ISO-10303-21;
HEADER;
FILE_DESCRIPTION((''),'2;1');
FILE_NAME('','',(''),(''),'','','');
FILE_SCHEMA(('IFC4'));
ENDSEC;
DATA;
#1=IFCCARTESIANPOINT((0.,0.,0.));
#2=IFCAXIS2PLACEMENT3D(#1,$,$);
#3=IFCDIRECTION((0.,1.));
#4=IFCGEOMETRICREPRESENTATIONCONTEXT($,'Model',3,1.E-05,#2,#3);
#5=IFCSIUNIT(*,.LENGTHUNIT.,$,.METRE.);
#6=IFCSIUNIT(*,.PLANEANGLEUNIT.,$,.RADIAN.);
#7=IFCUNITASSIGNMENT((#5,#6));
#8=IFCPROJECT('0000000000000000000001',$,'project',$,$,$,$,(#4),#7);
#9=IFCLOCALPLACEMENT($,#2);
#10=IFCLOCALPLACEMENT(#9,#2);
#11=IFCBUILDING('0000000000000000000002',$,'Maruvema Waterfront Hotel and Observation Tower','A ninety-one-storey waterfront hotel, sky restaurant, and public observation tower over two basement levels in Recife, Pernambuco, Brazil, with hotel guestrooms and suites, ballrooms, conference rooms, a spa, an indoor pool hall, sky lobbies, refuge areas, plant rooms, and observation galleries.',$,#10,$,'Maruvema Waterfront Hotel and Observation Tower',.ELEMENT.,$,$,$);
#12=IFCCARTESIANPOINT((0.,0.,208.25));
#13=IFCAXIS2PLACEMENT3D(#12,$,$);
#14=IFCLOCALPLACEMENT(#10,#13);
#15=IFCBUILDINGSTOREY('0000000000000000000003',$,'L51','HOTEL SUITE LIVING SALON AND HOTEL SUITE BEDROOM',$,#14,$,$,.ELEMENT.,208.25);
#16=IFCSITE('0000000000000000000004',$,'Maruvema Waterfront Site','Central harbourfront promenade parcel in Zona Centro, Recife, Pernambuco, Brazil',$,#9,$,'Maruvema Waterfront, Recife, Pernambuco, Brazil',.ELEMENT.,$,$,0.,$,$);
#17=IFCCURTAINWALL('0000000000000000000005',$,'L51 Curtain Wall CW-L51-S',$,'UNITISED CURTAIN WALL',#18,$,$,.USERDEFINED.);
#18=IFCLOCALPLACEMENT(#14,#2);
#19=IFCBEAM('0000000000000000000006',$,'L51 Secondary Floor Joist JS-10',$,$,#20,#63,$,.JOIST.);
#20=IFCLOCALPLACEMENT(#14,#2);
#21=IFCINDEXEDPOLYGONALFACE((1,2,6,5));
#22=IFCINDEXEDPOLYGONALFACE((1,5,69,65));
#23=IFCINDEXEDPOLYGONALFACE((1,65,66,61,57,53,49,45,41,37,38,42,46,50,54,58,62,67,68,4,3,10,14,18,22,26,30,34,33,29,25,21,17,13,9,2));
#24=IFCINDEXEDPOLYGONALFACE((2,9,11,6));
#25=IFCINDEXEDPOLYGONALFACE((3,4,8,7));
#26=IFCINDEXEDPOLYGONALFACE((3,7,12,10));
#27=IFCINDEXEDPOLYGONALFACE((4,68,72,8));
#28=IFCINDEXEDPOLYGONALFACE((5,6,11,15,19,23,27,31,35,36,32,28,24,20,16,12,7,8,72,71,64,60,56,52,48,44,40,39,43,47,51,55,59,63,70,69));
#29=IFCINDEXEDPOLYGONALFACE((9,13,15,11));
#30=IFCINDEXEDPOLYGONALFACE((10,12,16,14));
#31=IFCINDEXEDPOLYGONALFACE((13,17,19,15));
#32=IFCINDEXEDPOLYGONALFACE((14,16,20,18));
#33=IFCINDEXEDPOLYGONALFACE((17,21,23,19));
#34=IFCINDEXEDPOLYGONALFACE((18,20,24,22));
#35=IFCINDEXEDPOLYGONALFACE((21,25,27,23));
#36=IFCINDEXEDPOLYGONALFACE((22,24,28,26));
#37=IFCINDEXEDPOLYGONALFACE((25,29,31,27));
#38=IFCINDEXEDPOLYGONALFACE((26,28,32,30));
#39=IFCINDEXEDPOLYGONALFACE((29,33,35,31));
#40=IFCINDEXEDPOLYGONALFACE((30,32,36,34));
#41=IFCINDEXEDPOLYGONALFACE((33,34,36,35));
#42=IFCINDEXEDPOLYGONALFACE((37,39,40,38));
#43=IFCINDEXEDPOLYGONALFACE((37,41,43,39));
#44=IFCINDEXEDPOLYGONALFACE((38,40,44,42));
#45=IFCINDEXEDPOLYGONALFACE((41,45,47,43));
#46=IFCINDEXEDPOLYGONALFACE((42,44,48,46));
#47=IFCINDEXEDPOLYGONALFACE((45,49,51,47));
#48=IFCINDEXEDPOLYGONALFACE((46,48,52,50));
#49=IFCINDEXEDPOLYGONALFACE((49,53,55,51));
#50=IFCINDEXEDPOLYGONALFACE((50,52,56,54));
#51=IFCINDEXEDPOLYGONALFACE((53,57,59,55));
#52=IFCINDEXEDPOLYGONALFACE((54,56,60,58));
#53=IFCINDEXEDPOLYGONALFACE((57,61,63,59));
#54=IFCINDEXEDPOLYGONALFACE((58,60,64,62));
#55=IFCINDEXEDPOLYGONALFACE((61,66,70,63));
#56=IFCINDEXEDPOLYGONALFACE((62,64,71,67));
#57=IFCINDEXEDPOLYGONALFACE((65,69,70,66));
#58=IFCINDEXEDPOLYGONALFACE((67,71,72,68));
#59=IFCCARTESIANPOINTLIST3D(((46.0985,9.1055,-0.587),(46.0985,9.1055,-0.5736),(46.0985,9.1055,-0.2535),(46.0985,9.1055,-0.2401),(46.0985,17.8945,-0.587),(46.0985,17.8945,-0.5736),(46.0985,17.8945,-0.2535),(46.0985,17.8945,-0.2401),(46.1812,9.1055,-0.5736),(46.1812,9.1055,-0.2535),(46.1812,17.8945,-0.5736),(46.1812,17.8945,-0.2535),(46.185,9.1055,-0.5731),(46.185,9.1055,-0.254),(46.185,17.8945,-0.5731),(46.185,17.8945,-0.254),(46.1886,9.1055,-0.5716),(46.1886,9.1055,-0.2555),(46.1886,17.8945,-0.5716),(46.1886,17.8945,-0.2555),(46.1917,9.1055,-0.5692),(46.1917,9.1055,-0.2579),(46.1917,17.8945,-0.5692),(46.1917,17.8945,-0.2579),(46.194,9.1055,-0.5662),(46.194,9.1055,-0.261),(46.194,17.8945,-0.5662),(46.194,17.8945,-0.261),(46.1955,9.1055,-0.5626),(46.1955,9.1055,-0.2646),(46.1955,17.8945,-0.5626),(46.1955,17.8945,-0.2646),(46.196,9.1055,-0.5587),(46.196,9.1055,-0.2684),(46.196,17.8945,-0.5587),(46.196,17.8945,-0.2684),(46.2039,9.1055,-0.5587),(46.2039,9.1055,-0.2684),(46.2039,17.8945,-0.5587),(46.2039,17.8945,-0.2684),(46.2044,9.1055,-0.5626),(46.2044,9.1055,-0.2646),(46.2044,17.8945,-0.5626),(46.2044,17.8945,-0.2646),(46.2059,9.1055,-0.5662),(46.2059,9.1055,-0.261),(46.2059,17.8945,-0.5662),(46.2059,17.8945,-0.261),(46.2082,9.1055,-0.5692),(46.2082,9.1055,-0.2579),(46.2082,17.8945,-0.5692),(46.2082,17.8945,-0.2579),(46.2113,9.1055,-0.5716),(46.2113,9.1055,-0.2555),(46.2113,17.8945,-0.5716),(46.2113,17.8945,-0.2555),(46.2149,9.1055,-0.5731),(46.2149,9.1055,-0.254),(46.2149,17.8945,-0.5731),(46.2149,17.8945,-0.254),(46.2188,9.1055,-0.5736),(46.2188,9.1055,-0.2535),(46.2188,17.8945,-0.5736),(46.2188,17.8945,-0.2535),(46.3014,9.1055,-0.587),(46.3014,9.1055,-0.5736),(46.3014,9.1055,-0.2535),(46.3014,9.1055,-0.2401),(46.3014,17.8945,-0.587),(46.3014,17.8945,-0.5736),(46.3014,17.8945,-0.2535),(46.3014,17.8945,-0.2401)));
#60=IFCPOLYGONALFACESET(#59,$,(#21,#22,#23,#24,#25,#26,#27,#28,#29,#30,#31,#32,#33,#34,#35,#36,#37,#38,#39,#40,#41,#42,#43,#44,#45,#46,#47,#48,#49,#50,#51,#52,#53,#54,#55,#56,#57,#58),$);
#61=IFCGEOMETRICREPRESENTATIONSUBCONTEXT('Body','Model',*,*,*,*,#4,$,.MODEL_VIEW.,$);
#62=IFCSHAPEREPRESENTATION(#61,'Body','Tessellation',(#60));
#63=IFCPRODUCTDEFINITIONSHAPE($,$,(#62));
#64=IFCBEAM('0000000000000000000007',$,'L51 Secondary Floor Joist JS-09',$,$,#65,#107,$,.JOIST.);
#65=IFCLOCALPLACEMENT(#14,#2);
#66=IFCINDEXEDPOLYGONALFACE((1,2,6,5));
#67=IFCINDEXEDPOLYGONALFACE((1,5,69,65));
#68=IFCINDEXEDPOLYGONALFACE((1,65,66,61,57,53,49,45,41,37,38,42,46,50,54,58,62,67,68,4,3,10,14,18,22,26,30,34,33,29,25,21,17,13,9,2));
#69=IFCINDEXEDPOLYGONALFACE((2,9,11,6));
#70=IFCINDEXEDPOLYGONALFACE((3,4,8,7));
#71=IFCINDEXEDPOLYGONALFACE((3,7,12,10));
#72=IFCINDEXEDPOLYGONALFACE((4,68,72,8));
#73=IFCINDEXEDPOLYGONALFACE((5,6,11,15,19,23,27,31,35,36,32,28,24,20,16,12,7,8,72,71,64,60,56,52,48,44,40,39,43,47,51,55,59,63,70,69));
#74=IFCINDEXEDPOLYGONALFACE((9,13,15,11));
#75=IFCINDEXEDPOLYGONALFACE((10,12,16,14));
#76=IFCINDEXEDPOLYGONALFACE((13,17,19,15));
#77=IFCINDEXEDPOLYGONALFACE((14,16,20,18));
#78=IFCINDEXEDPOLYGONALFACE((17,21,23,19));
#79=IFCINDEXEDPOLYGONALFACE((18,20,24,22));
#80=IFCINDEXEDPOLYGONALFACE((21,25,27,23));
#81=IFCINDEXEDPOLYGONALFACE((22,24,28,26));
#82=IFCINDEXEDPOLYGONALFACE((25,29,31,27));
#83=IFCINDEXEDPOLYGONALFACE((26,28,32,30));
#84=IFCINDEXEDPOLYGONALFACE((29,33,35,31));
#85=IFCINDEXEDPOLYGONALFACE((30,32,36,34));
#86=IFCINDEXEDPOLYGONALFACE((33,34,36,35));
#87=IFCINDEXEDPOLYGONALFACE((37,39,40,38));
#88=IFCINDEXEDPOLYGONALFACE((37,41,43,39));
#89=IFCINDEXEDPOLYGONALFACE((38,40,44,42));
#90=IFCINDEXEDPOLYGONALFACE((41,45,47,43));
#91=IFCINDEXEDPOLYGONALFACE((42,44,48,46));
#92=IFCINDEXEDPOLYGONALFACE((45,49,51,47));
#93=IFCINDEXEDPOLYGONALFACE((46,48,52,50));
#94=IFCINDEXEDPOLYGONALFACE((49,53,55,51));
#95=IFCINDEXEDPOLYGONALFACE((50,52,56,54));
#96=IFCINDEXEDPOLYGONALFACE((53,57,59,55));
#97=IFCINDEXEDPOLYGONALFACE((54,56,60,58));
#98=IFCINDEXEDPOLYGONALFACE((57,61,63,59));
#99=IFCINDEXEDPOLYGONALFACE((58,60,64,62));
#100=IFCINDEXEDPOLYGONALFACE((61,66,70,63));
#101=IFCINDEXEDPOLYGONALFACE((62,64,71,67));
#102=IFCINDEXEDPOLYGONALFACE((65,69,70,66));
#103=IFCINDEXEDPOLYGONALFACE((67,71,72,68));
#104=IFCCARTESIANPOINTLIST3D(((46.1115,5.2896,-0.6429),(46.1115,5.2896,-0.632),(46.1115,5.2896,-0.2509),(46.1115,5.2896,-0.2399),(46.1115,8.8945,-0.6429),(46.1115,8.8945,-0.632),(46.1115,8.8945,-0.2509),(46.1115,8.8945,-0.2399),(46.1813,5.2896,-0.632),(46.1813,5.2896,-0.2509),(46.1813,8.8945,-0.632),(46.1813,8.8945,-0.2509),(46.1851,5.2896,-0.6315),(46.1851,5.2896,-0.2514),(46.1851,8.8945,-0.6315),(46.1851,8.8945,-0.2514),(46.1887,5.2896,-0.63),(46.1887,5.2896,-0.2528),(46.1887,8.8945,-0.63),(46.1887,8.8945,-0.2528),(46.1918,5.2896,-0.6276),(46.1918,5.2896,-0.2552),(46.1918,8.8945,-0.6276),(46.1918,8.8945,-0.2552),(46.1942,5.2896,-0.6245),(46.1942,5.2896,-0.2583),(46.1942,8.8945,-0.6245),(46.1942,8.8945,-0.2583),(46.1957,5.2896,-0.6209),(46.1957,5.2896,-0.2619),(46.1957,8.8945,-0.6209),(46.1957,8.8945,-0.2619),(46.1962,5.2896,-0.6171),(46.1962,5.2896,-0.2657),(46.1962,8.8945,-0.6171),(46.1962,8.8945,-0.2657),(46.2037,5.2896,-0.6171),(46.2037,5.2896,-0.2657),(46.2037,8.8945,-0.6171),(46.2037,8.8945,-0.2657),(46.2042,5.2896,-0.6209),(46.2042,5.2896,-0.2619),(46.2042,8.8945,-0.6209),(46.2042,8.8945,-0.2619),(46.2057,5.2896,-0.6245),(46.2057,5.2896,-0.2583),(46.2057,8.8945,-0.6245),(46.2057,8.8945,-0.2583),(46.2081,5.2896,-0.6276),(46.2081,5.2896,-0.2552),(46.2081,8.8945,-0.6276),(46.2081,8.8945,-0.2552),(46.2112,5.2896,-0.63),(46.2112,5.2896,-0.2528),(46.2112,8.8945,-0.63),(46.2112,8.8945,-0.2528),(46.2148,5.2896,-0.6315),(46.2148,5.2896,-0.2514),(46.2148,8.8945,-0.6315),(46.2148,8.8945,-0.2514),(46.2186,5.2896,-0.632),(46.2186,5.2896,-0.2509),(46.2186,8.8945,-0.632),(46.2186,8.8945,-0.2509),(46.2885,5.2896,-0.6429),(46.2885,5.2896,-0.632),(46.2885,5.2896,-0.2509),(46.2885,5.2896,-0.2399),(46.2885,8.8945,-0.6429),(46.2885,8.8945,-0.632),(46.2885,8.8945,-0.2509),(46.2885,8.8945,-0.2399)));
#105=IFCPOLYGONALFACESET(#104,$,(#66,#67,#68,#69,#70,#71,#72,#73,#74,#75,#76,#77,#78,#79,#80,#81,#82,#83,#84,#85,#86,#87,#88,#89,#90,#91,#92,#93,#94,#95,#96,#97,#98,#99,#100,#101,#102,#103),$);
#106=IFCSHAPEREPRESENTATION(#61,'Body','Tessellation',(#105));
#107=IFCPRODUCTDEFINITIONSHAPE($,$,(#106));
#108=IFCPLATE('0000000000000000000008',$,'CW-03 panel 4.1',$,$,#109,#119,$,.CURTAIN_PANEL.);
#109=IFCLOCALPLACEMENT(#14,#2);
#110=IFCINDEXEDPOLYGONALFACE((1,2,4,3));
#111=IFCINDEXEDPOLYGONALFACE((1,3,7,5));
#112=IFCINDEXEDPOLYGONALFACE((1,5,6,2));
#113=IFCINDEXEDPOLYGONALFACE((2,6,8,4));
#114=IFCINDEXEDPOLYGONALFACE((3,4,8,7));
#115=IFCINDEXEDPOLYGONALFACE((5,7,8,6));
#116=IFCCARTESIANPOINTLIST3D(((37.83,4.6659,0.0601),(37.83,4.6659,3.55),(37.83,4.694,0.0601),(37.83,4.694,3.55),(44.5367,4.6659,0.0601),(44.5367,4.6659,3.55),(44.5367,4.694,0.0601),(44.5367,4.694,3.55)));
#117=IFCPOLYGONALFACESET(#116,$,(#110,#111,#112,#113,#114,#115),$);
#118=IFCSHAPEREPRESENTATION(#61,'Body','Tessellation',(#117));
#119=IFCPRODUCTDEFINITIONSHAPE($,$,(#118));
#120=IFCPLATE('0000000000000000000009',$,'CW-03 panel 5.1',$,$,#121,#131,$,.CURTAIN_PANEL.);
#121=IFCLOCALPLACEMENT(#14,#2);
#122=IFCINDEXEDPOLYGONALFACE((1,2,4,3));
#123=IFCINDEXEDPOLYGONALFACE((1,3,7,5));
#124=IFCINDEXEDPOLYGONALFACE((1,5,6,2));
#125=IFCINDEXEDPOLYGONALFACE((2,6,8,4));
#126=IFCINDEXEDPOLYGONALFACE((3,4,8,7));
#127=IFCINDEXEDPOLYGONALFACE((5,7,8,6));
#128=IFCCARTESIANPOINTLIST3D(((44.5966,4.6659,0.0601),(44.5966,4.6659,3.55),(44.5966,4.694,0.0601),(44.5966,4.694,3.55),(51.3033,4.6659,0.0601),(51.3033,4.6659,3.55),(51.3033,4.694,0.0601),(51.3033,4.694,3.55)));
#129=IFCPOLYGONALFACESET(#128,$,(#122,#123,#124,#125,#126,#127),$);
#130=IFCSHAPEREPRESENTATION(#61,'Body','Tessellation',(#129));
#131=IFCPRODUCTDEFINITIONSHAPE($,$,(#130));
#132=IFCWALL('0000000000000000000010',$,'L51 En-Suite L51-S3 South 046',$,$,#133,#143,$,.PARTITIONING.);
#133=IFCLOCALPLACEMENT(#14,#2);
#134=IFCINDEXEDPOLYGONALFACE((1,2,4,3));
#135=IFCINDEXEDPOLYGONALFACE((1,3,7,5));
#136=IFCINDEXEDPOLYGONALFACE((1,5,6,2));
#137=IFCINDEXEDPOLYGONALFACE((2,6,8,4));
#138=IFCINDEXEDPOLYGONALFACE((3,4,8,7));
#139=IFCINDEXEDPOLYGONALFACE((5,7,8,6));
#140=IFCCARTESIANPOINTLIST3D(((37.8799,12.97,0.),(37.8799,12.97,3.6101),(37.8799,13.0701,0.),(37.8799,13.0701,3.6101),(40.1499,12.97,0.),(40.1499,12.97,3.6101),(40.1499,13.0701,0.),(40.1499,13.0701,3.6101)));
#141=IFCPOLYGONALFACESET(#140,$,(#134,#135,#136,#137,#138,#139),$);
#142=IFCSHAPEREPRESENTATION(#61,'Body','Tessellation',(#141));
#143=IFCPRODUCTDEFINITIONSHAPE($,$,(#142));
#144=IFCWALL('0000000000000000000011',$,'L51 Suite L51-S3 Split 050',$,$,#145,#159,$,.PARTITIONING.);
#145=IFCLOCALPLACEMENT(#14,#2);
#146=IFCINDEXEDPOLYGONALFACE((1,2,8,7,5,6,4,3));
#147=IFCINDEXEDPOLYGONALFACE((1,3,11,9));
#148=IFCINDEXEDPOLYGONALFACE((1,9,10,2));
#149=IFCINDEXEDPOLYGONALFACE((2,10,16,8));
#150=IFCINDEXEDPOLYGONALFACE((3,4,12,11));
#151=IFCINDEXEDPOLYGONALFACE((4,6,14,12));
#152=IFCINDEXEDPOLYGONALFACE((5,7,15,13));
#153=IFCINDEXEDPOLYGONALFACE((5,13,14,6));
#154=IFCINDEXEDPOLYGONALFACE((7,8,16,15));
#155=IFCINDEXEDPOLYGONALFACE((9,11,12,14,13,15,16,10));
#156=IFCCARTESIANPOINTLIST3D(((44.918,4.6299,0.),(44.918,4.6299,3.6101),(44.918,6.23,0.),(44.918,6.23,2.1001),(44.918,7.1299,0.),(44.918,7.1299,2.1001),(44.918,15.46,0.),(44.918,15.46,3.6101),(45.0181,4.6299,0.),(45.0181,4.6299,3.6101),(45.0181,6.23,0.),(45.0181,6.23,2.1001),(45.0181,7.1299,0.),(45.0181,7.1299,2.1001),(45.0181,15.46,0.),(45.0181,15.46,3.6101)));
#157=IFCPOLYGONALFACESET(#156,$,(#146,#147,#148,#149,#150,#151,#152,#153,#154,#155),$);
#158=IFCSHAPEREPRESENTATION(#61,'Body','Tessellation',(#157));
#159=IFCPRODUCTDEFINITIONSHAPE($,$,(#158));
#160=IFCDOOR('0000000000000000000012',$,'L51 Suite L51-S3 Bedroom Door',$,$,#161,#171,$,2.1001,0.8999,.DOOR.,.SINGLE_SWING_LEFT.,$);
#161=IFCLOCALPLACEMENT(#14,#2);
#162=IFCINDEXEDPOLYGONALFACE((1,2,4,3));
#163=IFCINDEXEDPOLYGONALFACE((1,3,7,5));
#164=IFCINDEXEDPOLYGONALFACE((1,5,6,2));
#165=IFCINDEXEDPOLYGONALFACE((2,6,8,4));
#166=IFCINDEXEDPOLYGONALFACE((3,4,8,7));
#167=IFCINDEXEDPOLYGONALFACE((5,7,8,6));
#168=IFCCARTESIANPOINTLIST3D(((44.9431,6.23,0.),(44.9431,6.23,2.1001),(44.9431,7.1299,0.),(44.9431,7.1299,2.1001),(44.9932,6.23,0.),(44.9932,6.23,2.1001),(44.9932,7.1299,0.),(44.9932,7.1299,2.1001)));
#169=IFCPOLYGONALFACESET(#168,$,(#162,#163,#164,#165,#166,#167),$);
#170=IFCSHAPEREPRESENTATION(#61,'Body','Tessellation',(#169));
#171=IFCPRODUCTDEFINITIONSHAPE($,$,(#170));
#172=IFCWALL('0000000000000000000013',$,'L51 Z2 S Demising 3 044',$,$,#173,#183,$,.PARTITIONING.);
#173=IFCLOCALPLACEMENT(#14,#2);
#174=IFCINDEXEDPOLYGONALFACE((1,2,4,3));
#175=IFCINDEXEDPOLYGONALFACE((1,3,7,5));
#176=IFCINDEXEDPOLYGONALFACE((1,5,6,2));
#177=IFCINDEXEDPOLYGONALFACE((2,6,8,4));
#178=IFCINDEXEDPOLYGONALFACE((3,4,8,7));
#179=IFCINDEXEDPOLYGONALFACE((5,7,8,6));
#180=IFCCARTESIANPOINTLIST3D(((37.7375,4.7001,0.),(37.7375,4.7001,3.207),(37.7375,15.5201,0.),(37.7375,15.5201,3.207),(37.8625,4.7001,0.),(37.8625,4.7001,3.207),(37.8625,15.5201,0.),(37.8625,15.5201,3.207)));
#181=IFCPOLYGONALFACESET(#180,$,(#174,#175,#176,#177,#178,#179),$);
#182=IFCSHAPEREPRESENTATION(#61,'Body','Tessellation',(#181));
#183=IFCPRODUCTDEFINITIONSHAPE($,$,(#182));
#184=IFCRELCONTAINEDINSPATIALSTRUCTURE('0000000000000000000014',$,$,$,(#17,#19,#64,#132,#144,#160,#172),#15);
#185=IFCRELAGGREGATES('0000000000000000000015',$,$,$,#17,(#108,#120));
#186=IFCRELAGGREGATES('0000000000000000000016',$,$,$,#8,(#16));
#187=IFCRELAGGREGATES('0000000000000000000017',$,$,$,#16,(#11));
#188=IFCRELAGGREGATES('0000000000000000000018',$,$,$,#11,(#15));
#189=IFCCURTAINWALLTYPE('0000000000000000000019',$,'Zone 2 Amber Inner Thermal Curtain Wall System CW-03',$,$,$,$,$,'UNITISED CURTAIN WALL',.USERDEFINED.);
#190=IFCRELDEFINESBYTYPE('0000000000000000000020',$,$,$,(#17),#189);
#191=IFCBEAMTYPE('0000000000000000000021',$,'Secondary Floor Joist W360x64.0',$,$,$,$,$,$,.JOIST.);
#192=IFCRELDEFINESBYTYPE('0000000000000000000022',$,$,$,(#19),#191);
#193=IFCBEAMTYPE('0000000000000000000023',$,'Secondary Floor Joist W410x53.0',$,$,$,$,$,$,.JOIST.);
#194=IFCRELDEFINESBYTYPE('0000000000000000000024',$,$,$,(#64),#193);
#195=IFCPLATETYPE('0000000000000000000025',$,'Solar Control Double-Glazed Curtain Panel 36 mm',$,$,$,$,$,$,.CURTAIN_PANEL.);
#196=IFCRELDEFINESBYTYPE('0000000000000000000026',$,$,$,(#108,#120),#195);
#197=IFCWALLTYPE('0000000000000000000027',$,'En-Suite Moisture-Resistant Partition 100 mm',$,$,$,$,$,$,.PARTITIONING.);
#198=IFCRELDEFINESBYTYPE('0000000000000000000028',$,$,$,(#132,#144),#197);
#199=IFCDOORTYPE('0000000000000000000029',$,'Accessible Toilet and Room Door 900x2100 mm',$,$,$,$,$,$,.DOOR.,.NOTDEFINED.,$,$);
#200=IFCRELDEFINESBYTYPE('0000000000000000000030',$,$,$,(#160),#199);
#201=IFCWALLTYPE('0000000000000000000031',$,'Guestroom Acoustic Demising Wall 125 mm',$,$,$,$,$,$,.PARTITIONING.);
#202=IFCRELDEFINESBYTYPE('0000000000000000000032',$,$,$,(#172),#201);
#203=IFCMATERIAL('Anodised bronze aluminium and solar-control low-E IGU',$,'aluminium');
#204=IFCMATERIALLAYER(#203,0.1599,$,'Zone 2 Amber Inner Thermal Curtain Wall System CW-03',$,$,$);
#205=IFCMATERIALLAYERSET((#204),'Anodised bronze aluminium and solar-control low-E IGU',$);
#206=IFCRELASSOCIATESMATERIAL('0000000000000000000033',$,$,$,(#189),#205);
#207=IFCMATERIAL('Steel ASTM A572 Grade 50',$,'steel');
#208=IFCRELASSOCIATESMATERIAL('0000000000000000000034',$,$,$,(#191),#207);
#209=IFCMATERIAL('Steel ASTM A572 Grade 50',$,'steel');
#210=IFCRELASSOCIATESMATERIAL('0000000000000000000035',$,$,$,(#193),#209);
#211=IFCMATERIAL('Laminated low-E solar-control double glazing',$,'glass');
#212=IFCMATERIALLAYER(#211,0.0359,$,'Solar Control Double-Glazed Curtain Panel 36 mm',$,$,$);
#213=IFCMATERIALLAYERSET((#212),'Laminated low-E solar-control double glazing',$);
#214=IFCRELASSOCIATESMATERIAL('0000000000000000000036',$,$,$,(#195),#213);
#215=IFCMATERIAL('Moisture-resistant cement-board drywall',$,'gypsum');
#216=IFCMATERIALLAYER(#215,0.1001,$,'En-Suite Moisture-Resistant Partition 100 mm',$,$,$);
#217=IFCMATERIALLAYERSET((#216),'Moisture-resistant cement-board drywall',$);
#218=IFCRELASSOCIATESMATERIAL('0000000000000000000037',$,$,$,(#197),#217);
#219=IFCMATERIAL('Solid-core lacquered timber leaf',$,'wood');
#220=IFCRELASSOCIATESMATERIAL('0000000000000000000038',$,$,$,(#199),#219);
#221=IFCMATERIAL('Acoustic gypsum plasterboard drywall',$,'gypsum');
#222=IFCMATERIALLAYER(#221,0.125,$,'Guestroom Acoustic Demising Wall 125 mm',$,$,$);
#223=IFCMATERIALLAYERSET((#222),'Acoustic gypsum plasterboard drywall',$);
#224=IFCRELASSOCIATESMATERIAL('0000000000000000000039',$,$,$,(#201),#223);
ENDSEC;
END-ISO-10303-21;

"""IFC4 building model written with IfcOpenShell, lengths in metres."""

from ifc_helpers import new_model, si_unit, direction, frame, frame_2d, origin, origin_2d, place, context, subcontext, project, spatial, rectangle, i_section, extrude, material, layer, layer_set, material_profile, profile_set, type_object, element, fill, aggregate, save


model = new_model("IFC4")

# Units and contexts
model_context = context("Model", 3, precision=1e-05, world=origin(), true_north=direction((0.0, 1.0)))
body_context = subcontext(model_context, "Body", "Model", "MODEL_VIEW")
ifc_project = project(units=[si_unit("LENGTHUNIT", "METRE"), si_unit("PLANEANGLEUNIT", "RADIAN")], contexts=[model_context])

# Site, building, storey
site_placement = place(None, origin())
site = spatial("IfcSite", under=ifc_project, at=site_placement, Name="Maruvema Waterfront Site", Description="Central harbourfront promenade parcel in Zona Centro, Recife, Pernambuco, Brazil", LongName="Maruvema Waterfront, Recife, Pernambuco, Brazil", CompositionType="ELEMENT", RefElevation=0.0)
building_placement = place(site_placement, origin())
building = spatial("IfcBuilding", under=site, at=building_placement, Name="Maruvema Waterfront Hotel and Observation Tower", Description="A ninety-one-storey waterfront hotel, sky restaurant, and public observation tower over two basement levels in Recife, Pernambuco, Brazil, with hotel guestrooms and suites, ballrooms, conference rooms, a spa, an indoor pool hall, sky lobbies, refuge areas, plant rooms, and observation galleries.", LongName="Maruvema Waterfront Hotel and Observation Tower", CompositionType="ELEMENT")
storey_placement = place(building_placement, frame((0.0, 0.0, 208.25)))
storey = spatial("IfcBuildingStorey", under=building, at=storey_placement, Name="L51", Description="HOTEL SUITE LIVING SALON AND HOTEL SUITE BEDROOM", CompositionType="ELEMENT", Elevation=208.25)

# Curtain wall
ifc_material_1 = material(Name="Anodised bronze aluminium and solar-control low-E IGU", Category="aluminium")
ifc_layer_1 = layer(ifc_material_1, 0.1599, Name="Zone 2 Amber Inner Thermal Curtain Wall System CW-03")
ifc_layer_set_1 = layer_set([ifc_layer_1], Name="Anodised bronze aluminium and solar-control low-E IGU")
curtain_wall_type = type_object("IfcCurtainWallType", Name="Zone 2 Amber Inner Thermal Curtain Wall System CW-03", ElementType="UNITISED CURTAIN WALL", PredefinedType="USERDEFINED", material=ifc_layer_set_1)
curtain_wall_placement = place(storey_placement, origin())
curtain_wall = element("IfcCurtainWall", 1, at=curtain_wall_placement, inside=storey, type_object=curtain_wall_type, Name="L51 Curtain Wall CW-L51-S", ObjectType="UNITISED CURTAIN WALL", PredefinedType="USERDEFINED")

# Beams
ifc_material_2 = material(Name="Steel ASTM A572 Grade 50", Category="steel")
ifc_material_profile_1 = material_profile(ifc_material_2, i_section(OverallWidth=0.2029, OverallDepth=0.3469, WebThickness=0.0078, FlangeThickness=0.0134, FilletRadius=0.0149, at=origin_2d()), Name="W360x64.0")
ifc_profile_set_1 = profile_set([ifc_material_profile_1], Name="Steel ASTM A572 Grade 50")
beam_type_1 = type_object("IfcBeamType", Name="Secondary Floor Joist W360x64.0", PredefinedType="JOIST", material=ifc_profile_set_1)
beam_1_placement = place(storey_placement, frame((46.2, 9.1055, -0.4136), z_axis=(0.0, 1.0, 0.0), x_axis=(-1.0, 0.0, 0.0)))
element("IfcBeam", 2, at=beam_1_placement, inside=storey, type_object=beam_type_1, Name="L51 Secondary Floor Joist JS-10", PredefinedType="JOIST", context=body_context, shape_type="SweptSolid", body=[
    extrude(i_section(OverallWidth=0.2029, OverallDepth=0.3469, WebThickness=0.0078, FlangeThickness=0.0134, FilletRadius=0.0149, at=origin_2d()), origin(), (0.0, 0.0, 1.0), 8.7891),
])
ifc_material_3 = material(Name="Steel ASTM A572 Grade 50", Category="steel")
ifc_material_profile_2 = material_profile(ifc_material_3, i_section(OverallWidth=0.177, OverallDepth=0.4031, WebThickness=0.0076, FlangeThickness=0.011, FilletRadius=0.0149, at=origin_2d()), Name="W410x53.0")
ifc_profile_set_2 = profile_set([ifc_material_profile_2], Name="Steel ASTM A572 Grade 50")
beam_type_2 = type_object("IfcBeamType", Name="Secondary Floor Joist W410x53.0", PredefinedType="JOIST", material=ifc_profile_set_2)
beam_2_placement = place(storey_placement, frame((46.2, 5.2896, -0.4414), z_axis=(0.0, 1.0, 0.0), x_axis=(-1.0, 0.0, 0.0)))
element("IfcBeam", 3, at=beam_2_placement, inside=storey, type_object=beam_type_2, Name="L51 Secondary Floor Joist JS-09", PredefinedType="JOIST", context=body_context, shape_type="SweptSolid", body=[
    extrude(i_section(OverallWidth=0.177, OverallDepth=0.4031, WebThickness=0.0076, FlangeThickness=0.011, FilletRadius=0.0149, at=origin_2d()), origin(), (0.0, 0.0, 1.0), 3.605),
])

# Plates
ifc_material_4 = material(Name="Laminated low-E solar-control double glazing", Category="glass")
ifc_layer_2 = layer(ifc_material_4, 0.0359, Name="Solar Control Double-Glazed Curtain Panel 36 mm")
ifc_layer_set_2 = layer_set([ifc_layer_2], Name="Laminated low-E solar-control double glazing")
plate_type = type_object("IfcPlateType", Name="Solar Control Double-Glazed Curtain Panel 36 mm", PredefinedType="CURTAIN_PANEL", material=ifc_layer_set_2)
plate_1_placement = place(storey_placement, frame((41.1833, 4.6799, 0.0601), z_axis=(0.0, 0.0, 1.0), x_axis=(1.0, 0.0, 0.0)))
plate_1 = element("IfcPlate", 4, at=plate_1_placement, type_object=plate_type, Name="CW-03 panel 4.1", PredefinedType="CURTAIN_PANEL", context=body_context, shape_type="SweptSolid", body=[
    extrude(rectangle(XDim=6.7068, YDim=0.0281, at=origin_2d()), origin(), (0.0, 0.0, 1.0), 3.49),
])
plate_2_placement = place(storey_placement, frame((47.95, 4.6799, 0.0601), z_axis=(0.0, 0.0, 1.0), x_axis=(1.0, 0.0, 0.0)))
plate_2 = element("IfcPlate", 5, at=plate_2_placement, type_object=plate_type, Name="CW-03 panel 5.1", PredefinedType="CURTAIN_PANEL", context=body_context, shape_type="SweptSolid", body=[
    extrude(rectangle(XDim=6.7068, YDim=0.0281, at=origin_2d()), origin(), (0.0, 0.0, 1.0), 3.49),
])
aggregate(curtain_wall, [plate_1, plate_2])

# Wall
ifc_material_5 = material(Name="Moisture-resistant cement-board drywall", Category="gypsum")
ifc_layer_3 = layer(ifc_material_5, 0.1001, Name="En-Suite Moisture-Resistant Partition 100 mm")
ifc_layer_set_3 = layer_set([ifc_layer_3], Name="Moisture-resistant cement-board drywall")
wall_type_1 = type_object("IfcWallType", Name="En-Suite Moisture-Resistant Partition 100 mm", PredefinedType="PARTITIONING", material=ifc_layer_set_3)
wall_1_placement = place(storey_placement, frame((37.8799, 13.02, 0.0), z_axis=(0.0, 0.0, 1.0), x_axis=(1.0, 0.0, 0.0)))
element("IfcWall", 6, at=wall_1_placement, inside=storey, type_object=wall_type_1, Name="L51 En-Suite L51-S3 South 046", PredefinedType="PARTITIONING", context=body_context, shape_type="SweptSolid", body=[
    extrude(rectangle(XDim=2.27, YDim=0.1001, at=frame_2d((1.135, 0.0))), origin(), (0.0, 0.0, 1.0), 3.6101),
])

# Wall, opening, door
wall_2_placement = place(storey_placement, frame((44.968, 4.6299, 0.0), z_axis=(0.0, 0.0, 1.0), x_axis=(0.0, 1.0, 0.0)))
wall_2 = element("IfcWall", 7, at=wall_2_placement, inside=storey, type_object=wall_type_1, Name="L51 Suite L51-S3 Split 050", PredefinedType="PARTITIONING", context=body_context, shape_type="SweptSolid", body=[
    extrude(rectangle(XDim=10.8301, YDim=0.1001, at=frame_2d((5.415, 0.0))), origin(), (0.0, 0.0, 1.0), 3.6101),
])
opening_placement = place(wall_2_placement, frame((1.6001, 0.0, 0.0)))
opening = element("IfcOpeningElement", 8, at=opening_placement, cuts=wall_2, PredefinedType="OPENING", context=body_context, shape_type="SweptSolid", body=[
    extrude(rectangle(XDim=0.8999, YDim=2.1001, at=frame_2d((0.45, 1.05))), frame((0.0, 0.0601, 0.0), z_axis=(0.0, -1.0, 0.0), x_axis=(1.0, 0.0, 0.0)), (0.0, 0.0, 1.0), 0.1201),
])
ifc_material_6 = material(Name="Solid-core lacquered timber leaf", Category="wood")
door_type = type_object("IfcDoorType", Name="Accessible Toilet and Room Door 900x2100 mm", OperationType="NOTDEFINED", PredefinedType="DOOR", material=ifc_material_6)
door_placement = place(opening_placement, origin())
door = element("IfcDoor", 9, at=door_placement, inside=storey, type_object=door_type, Name="L51 Suite L51-S3 Bedroom Door", OperationType="SINGLE_SWING_LEFT", OverallHeight=2.1001, OverallWidth=0.8999, PredefinedType="DOOR", context=body_context, shape_type="SweptSolid", body=[
    extrude(rectangle(XDim=0.8999, YDim=2.1001, at=frame_2d((0.45, 1.05))), frame((0.0, 0.0249, 0.0), z_axis=(0.0, -1.0, 0.0), x_axis=(1.0, 0.0, 0.0)), (0.0, 0.0, 1.0), 0.05),
])
fill(opening, door)

# Wall
ifc_material_7 = material(Name="Acoustic gypsum plasterboard drywall", Category="gypsum")
ifc_layer_4 = layer(ifc_material_7, 0.125, Name="Guestroom Acoustic Demising Wall 125 mm")
ifc_layer_set_4 = layer_set([ifc_layer_4], Name="Acoustic gypsum plasterboard drywall")
wall_type_2 = type_object("IfcWallType", Name="Guestroom Acoustic Demising Wall 125 mm", PredefinedType="PARTITIONING", material=ifc_layer_set_4)
wall_3_placement = place(storey_placement, frame((37.8, 4.7, 0.0), z_axis=(0.0, 0.0, 1.0), x_axis=(0.0, 1.0, 0.0)))
element("IfcWall", 10, at=wall_3_placement, inside=storey, type_object=wall_type_2, Name="L51 Z2 S Demising 3 044", PredefinedType="PARTITIONING", context=body_context, shape_type="SweptSolid", body=[
    extrude(rectangle(XDim=10.8201, YDim=0.125, at=frame_2d((5.4102, 0.0))), origin(), (0.0, 0.0, 1.0), 3.207),
])

save(model, "model.ifc")
